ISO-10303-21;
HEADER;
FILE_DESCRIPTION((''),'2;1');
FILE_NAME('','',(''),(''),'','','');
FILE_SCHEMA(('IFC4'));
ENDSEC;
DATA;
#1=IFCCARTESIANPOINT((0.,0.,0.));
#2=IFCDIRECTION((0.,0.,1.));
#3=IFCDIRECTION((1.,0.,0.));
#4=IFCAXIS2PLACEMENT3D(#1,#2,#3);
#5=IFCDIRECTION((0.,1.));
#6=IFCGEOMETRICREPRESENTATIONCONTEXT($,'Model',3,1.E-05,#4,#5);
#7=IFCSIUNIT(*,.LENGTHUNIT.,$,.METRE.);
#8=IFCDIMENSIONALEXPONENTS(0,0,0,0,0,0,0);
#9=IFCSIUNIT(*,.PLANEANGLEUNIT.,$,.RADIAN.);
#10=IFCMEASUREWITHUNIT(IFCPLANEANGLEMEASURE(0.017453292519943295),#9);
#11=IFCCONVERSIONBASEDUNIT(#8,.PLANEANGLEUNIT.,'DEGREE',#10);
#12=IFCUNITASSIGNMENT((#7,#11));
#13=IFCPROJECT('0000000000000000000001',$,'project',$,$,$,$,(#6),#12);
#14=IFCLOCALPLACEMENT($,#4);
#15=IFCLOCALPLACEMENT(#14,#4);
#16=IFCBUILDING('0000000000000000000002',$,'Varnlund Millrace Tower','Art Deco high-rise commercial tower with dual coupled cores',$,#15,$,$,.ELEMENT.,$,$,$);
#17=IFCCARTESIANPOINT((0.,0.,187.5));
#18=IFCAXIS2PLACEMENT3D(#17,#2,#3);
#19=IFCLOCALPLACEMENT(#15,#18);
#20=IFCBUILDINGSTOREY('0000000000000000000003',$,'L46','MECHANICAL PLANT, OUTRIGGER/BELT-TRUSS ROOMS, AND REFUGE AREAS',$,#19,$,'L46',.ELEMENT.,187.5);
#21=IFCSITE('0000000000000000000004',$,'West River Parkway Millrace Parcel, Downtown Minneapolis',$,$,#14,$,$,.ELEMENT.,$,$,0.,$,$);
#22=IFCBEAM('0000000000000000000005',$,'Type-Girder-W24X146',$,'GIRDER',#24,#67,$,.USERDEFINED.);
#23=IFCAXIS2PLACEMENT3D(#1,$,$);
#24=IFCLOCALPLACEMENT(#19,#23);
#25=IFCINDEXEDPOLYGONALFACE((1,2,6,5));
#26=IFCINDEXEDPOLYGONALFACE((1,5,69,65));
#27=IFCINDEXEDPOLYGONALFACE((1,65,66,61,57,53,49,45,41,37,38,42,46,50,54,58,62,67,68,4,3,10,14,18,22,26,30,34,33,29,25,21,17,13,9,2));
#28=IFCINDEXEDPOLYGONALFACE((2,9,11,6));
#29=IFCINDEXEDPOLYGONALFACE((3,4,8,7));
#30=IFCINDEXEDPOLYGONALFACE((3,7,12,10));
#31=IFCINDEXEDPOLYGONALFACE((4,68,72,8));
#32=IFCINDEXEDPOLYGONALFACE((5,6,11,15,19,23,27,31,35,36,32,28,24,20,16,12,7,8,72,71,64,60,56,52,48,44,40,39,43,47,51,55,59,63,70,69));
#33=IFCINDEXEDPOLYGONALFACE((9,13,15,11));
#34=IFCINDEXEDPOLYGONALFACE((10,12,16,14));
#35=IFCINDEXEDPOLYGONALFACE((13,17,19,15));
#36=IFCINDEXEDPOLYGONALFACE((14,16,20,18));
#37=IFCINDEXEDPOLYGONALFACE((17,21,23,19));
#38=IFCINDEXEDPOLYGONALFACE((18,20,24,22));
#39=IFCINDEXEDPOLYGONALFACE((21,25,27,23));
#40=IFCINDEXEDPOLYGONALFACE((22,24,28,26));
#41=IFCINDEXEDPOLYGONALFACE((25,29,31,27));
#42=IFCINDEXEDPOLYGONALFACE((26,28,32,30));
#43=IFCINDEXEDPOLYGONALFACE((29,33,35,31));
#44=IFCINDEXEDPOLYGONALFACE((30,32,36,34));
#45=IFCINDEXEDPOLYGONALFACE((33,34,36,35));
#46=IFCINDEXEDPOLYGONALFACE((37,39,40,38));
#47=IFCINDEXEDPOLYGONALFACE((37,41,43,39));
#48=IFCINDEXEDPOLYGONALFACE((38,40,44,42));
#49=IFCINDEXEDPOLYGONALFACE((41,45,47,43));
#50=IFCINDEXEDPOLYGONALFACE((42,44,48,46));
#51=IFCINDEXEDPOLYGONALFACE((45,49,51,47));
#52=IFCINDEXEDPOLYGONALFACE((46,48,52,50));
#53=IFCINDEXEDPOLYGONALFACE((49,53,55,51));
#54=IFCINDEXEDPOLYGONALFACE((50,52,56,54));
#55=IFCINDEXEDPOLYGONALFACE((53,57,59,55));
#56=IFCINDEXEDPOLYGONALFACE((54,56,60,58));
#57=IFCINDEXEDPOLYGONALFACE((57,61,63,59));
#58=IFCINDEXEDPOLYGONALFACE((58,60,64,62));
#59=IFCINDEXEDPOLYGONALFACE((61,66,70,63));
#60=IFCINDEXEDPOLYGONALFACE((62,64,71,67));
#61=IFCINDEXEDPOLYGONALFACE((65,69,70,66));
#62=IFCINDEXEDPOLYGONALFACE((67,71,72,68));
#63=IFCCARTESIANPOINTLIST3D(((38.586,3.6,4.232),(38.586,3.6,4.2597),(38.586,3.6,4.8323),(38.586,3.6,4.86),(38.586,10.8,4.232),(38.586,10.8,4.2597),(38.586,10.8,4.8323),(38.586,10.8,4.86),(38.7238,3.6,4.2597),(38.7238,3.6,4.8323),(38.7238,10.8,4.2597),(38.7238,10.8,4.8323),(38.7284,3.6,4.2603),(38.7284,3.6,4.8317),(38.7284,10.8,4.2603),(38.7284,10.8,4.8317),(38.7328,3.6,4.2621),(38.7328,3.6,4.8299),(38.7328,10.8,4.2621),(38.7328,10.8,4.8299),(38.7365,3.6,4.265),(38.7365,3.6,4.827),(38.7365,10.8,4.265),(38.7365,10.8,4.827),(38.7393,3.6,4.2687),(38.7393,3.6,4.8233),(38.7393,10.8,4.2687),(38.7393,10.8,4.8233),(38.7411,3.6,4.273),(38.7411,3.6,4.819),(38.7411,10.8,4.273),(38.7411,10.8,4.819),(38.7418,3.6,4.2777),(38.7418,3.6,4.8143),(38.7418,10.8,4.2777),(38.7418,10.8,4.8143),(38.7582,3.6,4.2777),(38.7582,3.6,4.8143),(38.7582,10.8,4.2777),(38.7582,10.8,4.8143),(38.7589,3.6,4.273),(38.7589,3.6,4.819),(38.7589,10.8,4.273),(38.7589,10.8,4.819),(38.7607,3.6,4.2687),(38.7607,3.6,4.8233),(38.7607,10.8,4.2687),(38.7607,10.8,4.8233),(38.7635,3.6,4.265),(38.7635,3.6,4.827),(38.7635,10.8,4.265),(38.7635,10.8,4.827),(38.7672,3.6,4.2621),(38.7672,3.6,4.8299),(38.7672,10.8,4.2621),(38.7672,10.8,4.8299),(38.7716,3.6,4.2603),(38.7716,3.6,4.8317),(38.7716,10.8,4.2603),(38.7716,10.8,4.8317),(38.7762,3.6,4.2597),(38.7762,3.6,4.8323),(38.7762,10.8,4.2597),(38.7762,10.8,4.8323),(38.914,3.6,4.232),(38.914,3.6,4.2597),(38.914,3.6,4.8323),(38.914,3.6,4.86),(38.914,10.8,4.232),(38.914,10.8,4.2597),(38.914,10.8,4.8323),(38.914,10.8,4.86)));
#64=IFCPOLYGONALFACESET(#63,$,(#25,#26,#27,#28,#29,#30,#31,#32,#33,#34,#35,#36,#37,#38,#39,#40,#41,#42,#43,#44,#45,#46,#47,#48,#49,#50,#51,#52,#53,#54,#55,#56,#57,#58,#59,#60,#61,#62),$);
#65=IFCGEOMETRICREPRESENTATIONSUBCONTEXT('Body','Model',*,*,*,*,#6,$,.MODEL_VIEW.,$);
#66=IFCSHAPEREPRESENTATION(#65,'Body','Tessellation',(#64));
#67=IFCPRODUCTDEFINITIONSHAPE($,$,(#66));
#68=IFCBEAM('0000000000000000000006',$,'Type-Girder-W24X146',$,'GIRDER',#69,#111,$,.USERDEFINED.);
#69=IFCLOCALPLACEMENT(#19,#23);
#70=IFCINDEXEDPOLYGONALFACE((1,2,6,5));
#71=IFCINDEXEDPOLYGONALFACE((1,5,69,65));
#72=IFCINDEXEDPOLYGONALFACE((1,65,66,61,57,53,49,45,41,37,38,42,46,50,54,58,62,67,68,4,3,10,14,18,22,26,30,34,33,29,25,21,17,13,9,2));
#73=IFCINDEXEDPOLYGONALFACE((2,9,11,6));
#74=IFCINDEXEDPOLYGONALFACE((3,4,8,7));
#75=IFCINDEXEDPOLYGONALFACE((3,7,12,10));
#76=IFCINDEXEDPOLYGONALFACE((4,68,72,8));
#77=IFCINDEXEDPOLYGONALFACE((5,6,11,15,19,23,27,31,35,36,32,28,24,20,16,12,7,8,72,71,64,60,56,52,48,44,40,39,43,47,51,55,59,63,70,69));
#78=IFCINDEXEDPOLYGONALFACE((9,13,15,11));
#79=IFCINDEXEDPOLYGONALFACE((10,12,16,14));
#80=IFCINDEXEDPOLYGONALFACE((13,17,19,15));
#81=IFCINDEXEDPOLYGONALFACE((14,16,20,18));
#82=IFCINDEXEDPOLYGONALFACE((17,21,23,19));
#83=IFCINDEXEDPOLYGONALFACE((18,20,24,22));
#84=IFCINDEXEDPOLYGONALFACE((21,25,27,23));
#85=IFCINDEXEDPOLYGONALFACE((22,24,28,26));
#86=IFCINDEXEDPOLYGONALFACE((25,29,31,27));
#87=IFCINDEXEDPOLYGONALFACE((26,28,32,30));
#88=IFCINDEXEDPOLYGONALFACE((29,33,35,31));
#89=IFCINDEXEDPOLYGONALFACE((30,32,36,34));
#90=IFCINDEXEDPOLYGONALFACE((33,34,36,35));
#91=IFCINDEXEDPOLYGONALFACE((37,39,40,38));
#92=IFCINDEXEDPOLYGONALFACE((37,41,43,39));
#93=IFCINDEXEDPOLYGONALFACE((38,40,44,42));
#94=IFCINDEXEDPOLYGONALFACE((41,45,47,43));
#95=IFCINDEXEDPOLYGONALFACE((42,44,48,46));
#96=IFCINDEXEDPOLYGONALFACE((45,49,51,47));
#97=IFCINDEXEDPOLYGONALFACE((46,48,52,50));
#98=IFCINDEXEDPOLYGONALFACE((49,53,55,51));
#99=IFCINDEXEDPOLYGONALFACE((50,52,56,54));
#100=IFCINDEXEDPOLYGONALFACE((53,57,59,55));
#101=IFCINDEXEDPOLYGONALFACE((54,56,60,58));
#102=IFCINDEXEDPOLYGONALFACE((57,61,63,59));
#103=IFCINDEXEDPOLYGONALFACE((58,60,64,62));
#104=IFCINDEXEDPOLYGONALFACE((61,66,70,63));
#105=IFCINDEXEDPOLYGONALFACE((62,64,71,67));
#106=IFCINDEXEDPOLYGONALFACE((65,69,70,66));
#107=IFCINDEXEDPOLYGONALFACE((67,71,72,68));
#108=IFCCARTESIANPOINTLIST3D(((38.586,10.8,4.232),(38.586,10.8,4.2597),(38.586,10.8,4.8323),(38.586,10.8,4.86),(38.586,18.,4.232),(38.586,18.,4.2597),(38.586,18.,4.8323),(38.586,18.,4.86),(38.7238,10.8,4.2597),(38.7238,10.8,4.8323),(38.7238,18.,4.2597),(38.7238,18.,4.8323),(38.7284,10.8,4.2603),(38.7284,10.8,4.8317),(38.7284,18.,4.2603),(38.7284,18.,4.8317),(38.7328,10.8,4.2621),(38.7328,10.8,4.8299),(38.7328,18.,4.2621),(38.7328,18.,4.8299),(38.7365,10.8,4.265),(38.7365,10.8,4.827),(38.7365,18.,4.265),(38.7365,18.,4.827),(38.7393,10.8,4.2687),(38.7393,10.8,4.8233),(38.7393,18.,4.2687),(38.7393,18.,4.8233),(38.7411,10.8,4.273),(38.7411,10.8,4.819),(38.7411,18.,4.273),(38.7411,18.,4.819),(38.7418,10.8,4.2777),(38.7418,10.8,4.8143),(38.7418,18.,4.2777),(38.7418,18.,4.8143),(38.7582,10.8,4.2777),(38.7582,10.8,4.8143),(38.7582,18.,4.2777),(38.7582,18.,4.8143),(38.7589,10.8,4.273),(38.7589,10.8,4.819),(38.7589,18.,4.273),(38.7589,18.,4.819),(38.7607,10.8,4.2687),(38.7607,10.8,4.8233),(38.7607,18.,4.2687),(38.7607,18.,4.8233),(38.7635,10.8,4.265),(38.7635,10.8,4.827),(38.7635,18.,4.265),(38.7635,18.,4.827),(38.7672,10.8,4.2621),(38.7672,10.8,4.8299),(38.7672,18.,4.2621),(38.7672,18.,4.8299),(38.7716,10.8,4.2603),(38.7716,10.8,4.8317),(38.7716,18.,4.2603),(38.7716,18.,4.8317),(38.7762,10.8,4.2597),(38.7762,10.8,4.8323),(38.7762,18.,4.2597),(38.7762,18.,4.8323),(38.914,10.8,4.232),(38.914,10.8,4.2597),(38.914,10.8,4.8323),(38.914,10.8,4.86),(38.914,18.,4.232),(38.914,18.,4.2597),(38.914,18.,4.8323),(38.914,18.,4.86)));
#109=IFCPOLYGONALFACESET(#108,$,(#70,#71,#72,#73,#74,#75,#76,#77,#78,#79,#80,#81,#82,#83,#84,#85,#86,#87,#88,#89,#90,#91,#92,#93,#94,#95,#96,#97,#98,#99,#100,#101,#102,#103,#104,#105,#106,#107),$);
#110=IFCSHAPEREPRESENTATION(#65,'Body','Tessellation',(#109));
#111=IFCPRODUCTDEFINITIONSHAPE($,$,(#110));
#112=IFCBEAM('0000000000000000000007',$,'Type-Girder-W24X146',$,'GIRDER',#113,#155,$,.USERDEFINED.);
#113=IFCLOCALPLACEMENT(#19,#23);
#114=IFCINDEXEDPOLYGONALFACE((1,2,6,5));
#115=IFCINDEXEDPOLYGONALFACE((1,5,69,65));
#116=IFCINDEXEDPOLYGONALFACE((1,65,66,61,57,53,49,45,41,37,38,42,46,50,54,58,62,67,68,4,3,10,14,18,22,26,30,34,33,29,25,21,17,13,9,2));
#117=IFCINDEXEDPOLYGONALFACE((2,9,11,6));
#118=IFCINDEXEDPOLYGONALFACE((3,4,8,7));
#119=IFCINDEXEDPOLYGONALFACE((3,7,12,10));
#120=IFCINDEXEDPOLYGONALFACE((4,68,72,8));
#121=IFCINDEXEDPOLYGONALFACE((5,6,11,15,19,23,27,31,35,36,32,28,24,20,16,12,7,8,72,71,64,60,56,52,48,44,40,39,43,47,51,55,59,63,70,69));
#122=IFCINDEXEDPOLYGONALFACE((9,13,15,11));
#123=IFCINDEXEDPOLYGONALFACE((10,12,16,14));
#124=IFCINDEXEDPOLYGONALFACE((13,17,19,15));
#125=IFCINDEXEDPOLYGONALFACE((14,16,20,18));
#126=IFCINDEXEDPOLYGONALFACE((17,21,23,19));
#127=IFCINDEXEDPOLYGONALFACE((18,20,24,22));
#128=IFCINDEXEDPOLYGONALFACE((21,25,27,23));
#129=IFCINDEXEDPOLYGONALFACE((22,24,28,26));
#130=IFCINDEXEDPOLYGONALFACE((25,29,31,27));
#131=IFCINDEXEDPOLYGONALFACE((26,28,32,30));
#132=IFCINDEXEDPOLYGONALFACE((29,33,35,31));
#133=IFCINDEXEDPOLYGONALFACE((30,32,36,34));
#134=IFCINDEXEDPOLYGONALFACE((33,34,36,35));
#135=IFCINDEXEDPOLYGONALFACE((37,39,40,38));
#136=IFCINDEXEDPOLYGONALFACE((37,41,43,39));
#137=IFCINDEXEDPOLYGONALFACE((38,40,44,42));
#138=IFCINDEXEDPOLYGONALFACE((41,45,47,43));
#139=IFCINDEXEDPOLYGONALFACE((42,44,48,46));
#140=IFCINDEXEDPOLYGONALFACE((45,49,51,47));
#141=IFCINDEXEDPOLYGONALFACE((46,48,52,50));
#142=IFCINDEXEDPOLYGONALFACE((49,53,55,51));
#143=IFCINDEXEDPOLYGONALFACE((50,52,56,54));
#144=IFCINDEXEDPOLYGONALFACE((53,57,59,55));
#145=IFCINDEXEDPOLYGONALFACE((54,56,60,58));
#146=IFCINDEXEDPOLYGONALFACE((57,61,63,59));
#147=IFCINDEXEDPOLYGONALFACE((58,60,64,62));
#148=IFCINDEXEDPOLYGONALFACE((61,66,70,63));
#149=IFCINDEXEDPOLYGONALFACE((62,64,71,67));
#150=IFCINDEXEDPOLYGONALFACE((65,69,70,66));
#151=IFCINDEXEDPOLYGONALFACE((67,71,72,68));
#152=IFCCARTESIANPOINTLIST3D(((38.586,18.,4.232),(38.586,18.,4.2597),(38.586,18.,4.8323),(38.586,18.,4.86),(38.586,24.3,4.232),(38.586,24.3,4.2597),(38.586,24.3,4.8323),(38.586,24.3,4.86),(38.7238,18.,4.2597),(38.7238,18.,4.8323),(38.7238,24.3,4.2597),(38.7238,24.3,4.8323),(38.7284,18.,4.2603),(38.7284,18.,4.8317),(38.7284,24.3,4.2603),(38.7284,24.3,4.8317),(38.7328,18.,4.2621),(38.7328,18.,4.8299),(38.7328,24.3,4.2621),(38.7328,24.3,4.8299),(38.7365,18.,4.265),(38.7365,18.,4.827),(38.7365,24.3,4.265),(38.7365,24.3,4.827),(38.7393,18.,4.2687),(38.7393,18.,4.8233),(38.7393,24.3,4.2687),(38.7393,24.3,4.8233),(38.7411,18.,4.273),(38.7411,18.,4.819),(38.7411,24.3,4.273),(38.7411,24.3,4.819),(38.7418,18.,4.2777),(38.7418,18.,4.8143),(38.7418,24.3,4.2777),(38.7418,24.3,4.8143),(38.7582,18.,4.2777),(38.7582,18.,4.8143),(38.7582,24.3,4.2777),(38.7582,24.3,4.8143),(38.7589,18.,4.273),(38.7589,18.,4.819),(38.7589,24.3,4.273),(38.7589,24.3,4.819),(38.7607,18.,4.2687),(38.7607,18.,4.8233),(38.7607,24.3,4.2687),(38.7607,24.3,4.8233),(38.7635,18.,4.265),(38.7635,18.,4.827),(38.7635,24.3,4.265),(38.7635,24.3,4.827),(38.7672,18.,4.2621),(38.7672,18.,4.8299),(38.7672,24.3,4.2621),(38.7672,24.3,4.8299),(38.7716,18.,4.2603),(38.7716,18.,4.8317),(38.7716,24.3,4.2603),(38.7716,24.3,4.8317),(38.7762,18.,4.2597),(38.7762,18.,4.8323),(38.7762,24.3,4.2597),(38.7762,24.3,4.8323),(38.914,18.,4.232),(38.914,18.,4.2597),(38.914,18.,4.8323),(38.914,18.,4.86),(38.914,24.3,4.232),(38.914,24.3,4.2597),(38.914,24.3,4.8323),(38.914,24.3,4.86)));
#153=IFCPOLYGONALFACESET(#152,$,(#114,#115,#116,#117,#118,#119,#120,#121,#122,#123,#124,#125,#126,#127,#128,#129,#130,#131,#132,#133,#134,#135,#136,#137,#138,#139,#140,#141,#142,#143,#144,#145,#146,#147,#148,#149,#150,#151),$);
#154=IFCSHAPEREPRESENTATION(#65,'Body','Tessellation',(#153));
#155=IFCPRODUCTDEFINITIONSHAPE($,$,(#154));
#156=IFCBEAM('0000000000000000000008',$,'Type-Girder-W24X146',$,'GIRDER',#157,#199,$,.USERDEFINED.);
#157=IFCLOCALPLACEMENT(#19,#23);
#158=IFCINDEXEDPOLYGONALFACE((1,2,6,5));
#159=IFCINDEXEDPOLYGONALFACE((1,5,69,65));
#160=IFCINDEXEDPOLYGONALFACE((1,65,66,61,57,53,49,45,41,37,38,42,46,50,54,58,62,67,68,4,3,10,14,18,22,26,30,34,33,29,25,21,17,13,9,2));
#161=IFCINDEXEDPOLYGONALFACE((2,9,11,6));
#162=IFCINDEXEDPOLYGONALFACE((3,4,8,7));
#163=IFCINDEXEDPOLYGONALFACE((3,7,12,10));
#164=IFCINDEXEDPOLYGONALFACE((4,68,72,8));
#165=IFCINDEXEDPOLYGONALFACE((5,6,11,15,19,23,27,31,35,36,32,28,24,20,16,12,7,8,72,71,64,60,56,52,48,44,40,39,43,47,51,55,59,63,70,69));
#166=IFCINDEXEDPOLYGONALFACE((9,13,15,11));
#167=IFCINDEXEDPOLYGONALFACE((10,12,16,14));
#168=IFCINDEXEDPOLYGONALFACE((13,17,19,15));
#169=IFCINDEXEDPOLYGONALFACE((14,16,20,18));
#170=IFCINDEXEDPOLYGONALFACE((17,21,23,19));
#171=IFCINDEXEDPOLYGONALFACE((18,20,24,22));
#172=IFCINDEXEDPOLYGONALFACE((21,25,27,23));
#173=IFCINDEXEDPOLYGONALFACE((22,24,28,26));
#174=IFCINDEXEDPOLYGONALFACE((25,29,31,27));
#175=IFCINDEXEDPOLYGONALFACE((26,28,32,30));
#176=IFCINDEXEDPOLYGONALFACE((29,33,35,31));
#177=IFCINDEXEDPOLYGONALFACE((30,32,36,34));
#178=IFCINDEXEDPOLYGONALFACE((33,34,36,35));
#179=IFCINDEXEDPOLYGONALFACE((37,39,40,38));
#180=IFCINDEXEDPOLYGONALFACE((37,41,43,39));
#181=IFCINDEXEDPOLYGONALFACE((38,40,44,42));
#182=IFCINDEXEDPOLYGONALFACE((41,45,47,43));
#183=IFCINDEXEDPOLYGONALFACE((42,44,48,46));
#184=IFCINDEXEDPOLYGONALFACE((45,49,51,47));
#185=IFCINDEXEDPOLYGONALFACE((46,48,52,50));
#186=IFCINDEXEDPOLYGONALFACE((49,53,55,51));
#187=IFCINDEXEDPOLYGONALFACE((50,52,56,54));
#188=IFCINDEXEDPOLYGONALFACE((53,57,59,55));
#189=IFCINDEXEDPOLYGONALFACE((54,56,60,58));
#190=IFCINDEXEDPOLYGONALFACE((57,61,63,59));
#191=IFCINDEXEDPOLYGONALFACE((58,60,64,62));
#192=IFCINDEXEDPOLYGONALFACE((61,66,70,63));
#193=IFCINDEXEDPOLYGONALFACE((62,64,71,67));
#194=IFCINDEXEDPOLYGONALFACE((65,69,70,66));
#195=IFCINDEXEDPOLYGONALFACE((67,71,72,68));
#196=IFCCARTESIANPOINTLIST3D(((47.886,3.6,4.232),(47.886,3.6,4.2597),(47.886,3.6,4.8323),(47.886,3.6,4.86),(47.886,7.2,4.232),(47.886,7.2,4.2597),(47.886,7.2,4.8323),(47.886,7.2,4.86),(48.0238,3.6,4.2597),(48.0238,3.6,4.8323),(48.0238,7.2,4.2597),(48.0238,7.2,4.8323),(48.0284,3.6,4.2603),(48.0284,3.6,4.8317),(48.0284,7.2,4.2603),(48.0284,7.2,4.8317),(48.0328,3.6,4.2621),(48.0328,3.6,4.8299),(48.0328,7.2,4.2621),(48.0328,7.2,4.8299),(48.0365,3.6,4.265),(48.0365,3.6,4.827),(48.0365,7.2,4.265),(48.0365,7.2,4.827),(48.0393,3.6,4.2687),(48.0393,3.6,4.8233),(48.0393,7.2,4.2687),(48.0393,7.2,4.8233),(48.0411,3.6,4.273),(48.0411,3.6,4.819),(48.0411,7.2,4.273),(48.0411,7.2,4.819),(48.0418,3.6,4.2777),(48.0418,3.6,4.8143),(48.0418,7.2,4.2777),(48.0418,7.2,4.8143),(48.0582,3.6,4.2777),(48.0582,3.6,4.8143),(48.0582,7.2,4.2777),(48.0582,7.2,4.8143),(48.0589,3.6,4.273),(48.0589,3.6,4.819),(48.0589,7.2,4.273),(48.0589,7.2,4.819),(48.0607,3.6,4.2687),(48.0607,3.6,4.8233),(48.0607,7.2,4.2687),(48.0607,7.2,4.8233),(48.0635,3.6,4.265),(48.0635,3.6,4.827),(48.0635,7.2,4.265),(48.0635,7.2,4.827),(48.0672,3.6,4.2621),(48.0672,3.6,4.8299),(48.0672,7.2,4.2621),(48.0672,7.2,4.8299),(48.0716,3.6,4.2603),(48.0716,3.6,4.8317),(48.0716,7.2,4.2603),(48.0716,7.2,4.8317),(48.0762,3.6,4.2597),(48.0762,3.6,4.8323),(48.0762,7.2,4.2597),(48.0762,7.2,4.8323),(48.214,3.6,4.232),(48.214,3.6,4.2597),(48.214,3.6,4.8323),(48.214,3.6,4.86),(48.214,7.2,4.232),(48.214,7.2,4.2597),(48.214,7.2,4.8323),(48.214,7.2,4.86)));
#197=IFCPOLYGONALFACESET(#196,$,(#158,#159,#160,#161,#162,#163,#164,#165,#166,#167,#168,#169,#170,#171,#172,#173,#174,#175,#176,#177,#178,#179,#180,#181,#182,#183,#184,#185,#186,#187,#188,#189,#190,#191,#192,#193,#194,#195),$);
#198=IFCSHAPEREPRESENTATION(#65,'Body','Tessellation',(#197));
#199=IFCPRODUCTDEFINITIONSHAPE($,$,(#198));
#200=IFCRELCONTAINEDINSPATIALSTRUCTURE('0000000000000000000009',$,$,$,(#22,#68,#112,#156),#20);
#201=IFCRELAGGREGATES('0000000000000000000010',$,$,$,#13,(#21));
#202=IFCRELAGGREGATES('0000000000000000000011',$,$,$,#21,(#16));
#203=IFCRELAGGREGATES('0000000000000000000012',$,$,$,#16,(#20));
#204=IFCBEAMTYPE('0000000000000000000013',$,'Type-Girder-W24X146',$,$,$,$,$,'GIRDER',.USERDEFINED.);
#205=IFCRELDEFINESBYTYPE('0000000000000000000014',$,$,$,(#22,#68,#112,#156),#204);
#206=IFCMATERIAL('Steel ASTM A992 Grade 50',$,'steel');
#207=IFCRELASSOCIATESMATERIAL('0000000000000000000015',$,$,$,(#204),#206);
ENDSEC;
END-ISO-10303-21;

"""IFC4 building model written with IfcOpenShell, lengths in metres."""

from ifc_helpers import new_model, entity, si_unit, converted_unit, direction, frame, origin_with_axes, origin_2d_with_axis, place, context, subcontext, project, spatial, i_section, extrude, material, material_profile, profile_set, type_object, element, save


model = new_model("IFC4")

# Units and contexts
model_context = context("Model", 3, precision=1e-05, world=origin_with_axes(), true_north=direction((0.0, 1.0)))
body_context = subcontext(model_context, "Body", "Model", "MODEL_VIEW")
ifc_project = project(units=[si_unit("LENGTHUNIT", "METRE"), converted_unit("PLANEANGLEUNIT", "DEGREE", entity("IfcPlaneAngleMeasure", 0.017453292519943295), si_unit("PLANEANGLEUNIT", "RADIAN"), dimensions=[0, 0, 0, 0, 0, 0, 0])], contexts=[model_context])

# Site, building, storey
site_placement = place(None, origin_with_axes())
site = spatial("IfcSite", under=ifc_project, at=site_placement, Name="West River Parkway Millrace Parcel, Downtown Minneapolis", CompositionType="ELEMENT", RefElevation=0.0)
building_placement = place(site_placement, origin_with_axes())
building = spatial("IfcBuilding", under=site, at=building_placement, Name="Varnlund Millrace Tower", Description="Art Deco high-rise commercial tower with dual coupled cores", CompositionType="ELEMENT")
storey_placement = place(building_placement, frame((0.0, 0.0, 187.5), z_axis=(0.0, 0.0, 1.0), x_axis=(1.0, 0.0, 0.0)))
storey = spatial("IfcBuildingStorey", under=building, at=storey_placement, Name="L46", Description="MECHANICAL PLANT, OUTRIGGER/BELT-TRUSS ROOMS, AND REFUGE AREAS", LongName="L46", CompositionType="ELEMENT", Elevation=187.5)

# Beams
ifc_material_1 = material(Name="Steel ASTM A992 Grade 50", Category="steel")
ifc_material_profile_1 = material_profile(ifc_material_1, i_section(OverallWidth=0.328, OverallDepth=0.628, WebThickness=0.0165, FlangeThickness=0.0277, FilletRadius=0.018, at=origin_2d_with_axis()), Name="Steel ASTM A992 Grade 50")
ifc_profile_set_1 = profile_set([ifc_material_profile_1], Name="Steel ASTM A992 Grade 50")
beam_type_1 = type_object("IfcBeamType", Name="Type-Girder-W24X146", ElementType="GIRDER", PredefinedType="USERDEFINED", material=ifc_profile_set_1)
for number, where, z_axis, x_axis, name in (
    (1, (38.75, 3.6, 4.546), (0.0, 1.0, 0.0), (-1.0, 0.0, 0.0), "Type-Girder-W24X146"),
    (2, (38.75, 10.8, 4.546), (0.0, 1.0, 0.0), (-1.0, 0.0, 0.0), "Type-Girder-W24X146"),
):
    element("IfcBeam", number, at=place(storey_placement, frame(where, z_axis=z_axis, x_axis=x_axis)), inside=storey, type_object=beam_type_1, Name=name, ObjectType="GIRDER", PredefinedType="USERDEFINED", context=body_context, shape_type="SweptSolid", body=[
        extrude(i_section(OverallWidth=0.328, OverallDepth=0.628, WebThickness=0.0165, FlangeThickness=0.0277, FilletRadius=0.018, at=origin_2d_with_axis()), origin_with_axes(), (0.0, 0.0, 1.0), 7.2),
    ])
beam_1_placement = place(storey_placement, frame((38.75, 18.0, 4.546), z_axis=(0.0, 1.0, 0.0), x_axis=(-1.0, 0.0, 0.0)))
element("IfcBeam", 3, at=beam_1_placement, inside=storey, type_object=beam_type_1, Name="Type-Girder-W24X146", ObjectType="GIRDER", PredefinedType="USERDEFINED", context=body_context, shape_type="SweptSolid", body=[
    extrude(i_section(OverallWidth=0.328, OverallDepth=0.628, WebThickness=0.0165, FlangeThickness=0.0277, FilletRadius=0.018, at=origin_2d_with_axis()), origin_with_axes(), (0.0, 0.0, 1.0), 6.3),
])
beam_2_placement = place(storey_placement, frame((48.05, 3.6, 4.546), z_axis=(0.0, 1.0, 0.0), x_axis=(-1.0, 0.0, 0.0)))
element("IfcBeam", 4, at=beam_2_placement, inside=storey, type_object=beam_type_1, Name="Type-Girder-W24X146", ObjectType="GIRDER", PredefinedType="USERDEFINED", context=body_context, shape_type="SweptSolid", body=[
    extrude(i_section(OverallWidth=0.328, OverallDepth=0.628, WebThickness=0.0165, FlangeThickness=0.0277, FilletRadius=0.018, at=origin_2d_with_axis()), origin_with_axes(), (0.0, 0.0, 1.0), 3.6),
])

save(model, "model.ifc")
